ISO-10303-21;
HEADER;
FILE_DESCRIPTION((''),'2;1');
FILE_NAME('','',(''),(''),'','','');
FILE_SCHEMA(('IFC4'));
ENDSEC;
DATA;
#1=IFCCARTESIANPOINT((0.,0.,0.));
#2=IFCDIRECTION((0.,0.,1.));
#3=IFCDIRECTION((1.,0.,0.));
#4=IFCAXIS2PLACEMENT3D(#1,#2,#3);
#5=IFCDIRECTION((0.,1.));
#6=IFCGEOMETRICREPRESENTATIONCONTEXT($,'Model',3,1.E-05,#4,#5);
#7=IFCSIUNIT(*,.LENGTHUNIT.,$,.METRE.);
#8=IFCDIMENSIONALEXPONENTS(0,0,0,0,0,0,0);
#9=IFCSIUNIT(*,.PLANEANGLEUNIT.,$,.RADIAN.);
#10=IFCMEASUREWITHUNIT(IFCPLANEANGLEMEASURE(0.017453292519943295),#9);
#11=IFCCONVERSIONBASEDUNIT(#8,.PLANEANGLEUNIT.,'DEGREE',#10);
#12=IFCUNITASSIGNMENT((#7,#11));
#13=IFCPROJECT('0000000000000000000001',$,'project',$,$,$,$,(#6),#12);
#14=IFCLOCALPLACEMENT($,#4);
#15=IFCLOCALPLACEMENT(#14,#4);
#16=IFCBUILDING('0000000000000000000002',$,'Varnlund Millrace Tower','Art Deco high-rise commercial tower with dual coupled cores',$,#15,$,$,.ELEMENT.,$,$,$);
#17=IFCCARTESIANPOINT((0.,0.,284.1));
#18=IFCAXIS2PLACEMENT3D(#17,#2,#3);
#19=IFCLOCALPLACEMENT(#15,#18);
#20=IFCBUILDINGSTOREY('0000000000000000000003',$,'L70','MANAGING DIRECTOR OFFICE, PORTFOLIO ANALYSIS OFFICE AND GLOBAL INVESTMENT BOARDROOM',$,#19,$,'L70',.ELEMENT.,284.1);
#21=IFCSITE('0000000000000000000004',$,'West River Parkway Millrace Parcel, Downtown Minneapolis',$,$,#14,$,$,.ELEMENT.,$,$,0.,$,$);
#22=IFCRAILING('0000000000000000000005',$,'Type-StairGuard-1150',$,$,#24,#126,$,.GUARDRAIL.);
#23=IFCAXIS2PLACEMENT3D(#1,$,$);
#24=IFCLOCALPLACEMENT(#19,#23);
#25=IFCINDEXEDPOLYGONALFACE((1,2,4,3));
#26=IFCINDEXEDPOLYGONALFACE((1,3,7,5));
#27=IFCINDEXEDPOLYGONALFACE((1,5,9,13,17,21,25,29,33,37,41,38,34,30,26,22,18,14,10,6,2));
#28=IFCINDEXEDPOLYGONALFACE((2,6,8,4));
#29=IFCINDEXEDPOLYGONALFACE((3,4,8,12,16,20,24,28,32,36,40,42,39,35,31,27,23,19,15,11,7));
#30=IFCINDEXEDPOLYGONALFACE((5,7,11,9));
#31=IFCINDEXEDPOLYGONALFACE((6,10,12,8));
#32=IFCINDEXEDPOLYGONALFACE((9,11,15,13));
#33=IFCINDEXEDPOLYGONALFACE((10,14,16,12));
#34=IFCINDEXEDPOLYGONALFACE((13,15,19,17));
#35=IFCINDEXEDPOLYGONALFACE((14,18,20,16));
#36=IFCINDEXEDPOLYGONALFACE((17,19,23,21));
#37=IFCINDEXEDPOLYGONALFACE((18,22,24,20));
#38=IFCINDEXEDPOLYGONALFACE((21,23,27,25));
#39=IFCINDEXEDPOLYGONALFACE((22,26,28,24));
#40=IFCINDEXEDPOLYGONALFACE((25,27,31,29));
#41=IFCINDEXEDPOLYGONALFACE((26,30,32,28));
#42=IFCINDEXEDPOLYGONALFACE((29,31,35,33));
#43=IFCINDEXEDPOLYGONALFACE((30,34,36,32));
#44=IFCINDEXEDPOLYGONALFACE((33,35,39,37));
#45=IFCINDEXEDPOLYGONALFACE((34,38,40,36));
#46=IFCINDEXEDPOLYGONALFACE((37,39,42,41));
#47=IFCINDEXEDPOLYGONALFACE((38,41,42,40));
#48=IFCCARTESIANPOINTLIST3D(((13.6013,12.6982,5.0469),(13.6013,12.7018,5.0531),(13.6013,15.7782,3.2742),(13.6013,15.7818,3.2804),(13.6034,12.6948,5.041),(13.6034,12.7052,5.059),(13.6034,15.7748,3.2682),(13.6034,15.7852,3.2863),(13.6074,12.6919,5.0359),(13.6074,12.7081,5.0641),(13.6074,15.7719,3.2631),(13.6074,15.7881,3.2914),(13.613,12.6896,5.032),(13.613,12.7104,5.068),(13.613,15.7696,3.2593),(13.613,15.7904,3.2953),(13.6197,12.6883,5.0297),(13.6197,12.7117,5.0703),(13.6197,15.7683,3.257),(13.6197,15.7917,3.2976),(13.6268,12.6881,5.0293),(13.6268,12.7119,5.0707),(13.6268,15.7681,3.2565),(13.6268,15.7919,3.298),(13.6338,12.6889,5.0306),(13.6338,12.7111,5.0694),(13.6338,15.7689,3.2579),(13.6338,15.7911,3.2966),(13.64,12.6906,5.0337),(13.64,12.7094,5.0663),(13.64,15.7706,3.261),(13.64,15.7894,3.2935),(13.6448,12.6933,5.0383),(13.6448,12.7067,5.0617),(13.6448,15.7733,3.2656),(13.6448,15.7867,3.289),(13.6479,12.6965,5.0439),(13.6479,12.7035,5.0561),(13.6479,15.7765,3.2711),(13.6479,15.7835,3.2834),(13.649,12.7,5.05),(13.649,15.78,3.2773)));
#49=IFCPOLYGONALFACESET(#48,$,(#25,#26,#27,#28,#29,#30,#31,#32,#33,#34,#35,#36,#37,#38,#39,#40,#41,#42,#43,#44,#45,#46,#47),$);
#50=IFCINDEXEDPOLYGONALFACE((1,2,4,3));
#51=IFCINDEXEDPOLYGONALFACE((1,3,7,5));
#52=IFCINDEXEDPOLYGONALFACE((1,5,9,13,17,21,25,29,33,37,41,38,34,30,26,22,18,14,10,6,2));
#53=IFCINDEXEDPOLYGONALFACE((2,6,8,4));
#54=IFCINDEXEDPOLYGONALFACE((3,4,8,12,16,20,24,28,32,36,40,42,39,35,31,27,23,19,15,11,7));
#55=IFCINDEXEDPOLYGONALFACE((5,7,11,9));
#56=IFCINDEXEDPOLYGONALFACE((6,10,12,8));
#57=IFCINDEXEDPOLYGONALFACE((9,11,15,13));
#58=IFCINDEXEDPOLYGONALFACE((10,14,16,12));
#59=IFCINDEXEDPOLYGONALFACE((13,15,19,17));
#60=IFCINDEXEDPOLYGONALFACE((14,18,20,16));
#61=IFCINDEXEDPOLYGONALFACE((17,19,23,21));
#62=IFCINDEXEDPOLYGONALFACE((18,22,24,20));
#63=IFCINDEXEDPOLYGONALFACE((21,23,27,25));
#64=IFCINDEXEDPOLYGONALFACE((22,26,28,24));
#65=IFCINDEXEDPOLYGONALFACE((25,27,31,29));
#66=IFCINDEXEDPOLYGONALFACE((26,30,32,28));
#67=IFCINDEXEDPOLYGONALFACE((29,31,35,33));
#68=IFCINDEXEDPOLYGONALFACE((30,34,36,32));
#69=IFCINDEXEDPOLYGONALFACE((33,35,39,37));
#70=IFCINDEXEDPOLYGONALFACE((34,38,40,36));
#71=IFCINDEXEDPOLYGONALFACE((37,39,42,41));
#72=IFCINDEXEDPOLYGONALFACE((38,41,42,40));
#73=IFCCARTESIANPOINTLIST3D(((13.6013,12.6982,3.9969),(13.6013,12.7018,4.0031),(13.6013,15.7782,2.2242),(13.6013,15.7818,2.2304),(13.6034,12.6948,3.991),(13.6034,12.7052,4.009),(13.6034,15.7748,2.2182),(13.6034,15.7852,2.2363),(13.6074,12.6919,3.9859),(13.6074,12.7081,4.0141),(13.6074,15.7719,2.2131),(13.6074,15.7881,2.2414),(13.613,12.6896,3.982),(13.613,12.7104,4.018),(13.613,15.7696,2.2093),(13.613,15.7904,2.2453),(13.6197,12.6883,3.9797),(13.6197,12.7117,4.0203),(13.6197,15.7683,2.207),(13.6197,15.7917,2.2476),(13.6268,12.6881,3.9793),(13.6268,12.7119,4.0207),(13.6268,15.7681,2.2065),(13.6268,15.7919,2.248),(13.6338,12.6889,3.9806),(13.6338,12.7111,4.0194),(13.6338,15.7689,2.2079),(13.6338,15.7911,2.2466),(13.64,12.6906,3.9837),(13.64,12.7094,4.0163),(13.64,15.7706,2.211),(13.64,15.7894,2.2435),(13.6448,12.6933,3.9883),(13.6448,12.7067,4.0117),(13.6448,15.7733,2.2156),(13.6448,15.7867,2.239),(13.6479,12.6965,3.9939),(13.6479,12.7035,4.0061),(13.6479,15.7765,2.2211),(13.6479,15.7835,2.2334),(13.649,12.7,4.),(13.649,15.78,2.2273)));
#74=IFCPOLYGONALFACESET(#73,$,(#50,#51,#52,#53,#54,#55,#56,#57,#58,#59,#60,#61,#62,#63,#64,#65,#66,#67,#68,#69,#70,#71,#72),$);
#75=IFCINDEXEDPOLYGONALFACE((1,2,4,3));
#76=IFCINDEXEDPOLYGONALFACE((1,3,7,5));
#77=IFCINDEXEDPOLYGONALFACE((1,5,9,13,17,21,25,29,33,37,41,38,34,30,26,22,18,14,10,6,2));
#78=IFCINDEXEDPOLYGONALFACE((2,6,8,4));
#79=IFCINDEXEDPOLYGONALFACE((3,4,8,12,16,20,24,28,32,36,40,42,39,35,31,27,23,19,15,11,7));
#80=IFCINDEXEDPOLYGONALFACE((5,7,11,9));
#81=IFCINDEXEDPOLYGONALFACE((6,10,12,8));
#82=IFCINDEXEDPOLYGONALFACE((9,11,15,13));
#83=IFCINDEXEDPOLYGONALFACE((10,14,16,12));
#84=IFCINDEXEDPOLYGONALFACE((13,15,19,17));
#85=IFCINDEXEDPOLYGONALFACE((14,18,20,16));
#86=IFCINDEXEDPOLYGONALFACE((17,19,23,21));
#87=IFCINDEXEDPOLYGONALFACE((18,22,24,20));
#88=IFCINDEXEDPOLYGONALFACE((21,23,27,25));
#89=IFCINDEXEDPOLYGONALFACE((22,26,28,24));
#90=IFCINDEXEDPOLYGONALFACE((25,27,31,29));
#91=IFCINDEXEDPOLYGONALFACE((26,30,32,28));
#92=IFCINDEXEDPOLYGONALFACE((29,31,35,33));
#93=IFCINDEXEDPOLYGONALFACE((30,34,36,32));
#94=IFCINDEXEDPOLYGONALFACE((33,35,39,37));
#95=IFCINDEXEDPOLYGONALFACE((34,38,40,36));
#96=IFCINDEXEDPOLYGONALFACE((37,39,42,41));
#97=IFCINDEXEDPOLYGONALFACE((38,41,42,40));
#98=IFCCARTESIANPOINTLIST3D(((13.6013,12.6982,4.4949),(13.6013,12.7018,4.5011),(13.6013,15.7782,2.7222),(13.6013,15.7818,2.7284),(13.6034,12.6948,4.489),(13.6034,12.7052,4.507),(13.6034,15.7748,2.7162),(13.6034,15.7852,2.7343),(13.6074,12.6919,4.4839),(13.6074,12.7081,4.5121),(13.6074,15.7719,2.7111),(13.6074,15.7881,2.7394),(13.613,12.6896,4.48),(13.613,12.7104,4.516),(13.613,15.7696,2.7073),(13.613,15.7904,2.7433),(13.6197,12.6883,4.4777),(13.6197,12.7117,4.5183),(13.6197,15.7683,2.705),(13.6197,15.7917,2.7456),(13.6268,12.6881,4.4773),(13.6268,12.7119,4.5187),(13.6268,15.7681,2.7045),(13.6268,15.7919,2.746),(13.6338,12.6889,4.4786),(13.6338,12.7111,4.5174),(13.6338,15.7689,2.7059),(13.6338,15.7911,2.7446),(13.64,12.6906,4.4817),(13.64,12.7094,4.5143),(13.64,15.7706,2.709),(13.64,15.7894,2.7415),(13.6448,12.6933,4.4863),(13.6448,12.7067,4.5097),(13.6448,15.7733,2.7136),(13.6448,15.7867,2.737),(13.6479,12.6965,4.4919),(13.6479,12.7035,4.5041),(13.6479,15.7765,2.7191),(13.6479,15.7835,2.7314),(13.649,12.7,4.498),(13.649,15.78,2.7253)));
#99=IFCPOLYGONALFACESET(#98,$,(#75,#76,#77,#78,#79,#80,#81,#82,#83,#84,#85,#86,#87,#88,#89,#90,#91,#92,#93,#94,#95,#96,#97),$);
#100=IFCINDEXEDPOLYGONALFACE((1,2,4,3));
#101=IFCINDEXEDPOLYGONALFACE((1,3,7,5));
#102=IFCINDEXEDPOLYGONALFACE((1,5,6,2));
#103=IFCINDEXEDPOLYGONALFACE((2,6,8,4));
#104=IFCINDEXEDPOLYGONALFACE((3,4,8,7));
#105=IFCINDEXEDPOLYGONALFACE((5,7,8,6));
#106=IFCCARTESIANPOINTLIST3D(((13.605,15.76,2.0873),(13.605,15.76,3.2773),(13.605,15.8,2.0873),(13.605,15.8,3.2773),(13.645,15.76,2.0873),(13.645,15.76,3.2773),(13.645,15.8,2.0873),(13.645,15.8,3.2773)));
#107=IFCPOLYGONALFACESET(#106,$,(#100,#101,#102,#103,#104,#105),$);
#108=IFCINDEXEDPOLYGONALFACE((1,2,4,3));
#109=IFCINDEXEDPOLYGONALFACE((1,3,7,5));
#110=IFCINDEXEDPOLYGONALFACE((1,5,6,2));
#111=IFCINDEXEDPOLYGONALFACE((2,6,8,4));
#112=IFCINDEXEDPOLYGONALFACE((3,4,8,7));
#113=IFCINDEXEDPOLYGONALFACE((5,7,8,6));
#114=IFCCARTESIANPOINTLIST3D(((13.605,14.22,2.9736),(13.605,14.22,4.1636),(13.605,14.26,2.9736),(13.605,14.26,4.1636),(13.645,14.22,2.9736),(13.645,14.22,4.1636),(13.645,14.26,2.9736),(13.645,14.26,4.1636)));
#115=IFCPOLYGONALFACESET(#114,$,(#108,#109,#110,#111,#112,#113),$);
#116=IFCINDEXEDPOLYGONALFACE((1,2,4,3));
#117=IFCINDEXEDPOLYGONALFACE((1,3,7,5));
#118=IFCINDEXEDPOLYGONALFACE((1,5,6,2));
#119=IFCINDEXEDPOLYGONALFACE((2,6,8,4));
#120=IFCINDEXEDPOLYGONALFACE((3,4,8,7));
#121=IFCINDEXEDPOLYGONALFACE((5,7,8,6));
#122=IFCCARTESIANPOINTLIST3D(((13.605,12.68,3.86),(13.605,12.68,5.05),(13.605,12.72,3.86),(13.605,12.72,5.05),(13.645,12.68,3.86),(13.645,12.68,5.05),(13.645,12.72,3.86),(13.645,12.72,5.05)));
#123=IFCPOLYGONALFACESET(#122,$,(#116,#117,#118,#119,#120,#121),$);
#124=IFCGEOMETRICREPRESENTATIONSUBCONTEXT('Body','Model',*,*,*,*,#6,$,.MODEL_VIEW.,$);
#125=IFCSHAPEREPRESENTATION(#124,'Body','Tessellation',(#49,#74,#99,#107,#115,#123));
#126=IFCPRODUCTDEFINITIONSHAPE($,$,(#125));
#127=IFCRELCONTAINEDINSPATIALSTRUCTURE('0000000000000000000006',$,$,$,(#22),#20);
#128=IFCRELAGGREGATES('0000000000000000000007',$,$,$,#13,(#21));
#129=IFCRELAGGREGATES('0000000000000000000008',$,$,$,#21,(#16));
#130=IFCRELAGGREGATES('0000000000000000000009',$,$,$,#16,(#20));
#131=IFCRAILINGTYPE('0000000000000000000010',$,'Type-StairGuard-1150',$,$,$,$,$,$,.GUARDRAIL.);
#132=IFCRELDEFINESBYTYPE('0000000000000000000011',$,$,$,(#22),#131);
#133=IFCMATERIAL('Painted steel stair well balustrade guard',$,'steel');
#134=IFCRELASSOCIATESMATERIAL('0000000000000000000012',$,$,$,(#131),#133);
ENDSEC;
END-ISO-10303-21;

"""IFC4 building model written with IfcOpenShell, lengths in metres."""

from ifc_helpers import new_model, entity, si_unit, converted_unit, direction, frame, origin_with_axes, origin_2d_with_axis, place, context, subcontext, project, spatial, rectangle, circle, extrude, material, type_object, element, save


model = new_model("IFC4")

# Units and contexts
model_context = context("Model", 3, precision=1e-05, world=origin_with_axes(), true_north=direction((0.0, 1.0)))
body_context = subcontext(model_context, "Body", "Model", "MODEL_VIEW")
ifc_project = project(units=[si_unit("LENGTHUNIT", "METRE"), converted_unit("PLANEANGLEUNIT", "DEGREE", entity("IfcPlaneAngleMeasure", 0.017453292519943295), si_unit("PLANEANGLEUNIT", "RADIAN"), dimensions=[0, 0, 0, 0, 0, 0, 0])], contexts=[model_context])

# Site, building, storey
site_placement = place(None, origin_with_axes())
site = spatial("IfcSite", under=ifc_project, at=site_placement, Name="West River Parkway Millrace Parcel, Downtown Minneapolis", CompositionType="ELEMENT", RefElevation=0.0)
building_placement = place(site_placement, origin_with_axes())
building = spatial("IfcBuilding", under=site, at=building_placement, Name="Varnlund Millrace Tower", Description="Art Deco high-rise commercial tower with dual coupled cores", CompositionType="ELEMENT")
storey_placement = place(building_placement, frame((0.0, 0.0, 284.1), z_axis=(0.0, 0.0, 1.0), x_axis=(1.0, 0.0, 0.0)))
storey = spatial("IfcBuildingStorey", under=building, at=storey_placement, Name="L70", Description="MANAGING DIRECTOR OFFICE, PORTFOLIO ANALYSIS OFFICE AND GLOBAL INVESTMENT BOARDROOM", LongName="L70", CompositionType="ELEMENT", Elevation=284.1)

# Railing
ifc_material_1 = material(Name="Painted steel stair well balustrade guard", Category="steel")
railing_type_1 = type_object("IfcRailingType", Name="Type-StairGuard-1150", PredefinedType="GUARDRAIL", material=ifc_material_1)
railing_1_placement = place(storey_placement, frame((0.0, 0.0, -284.1), z_axis=(0.0, 0.0, 1.0), x_axis=(1.0, 0.0, 0.0)))
element("IfcRailing", 1, at=railing_1_placement, inside=storey, type_object=railing_type_1, Name="Type-StairGuard-1150", PredefinedType="GUARDRAIL", context=body_context, shape_type="SweptSolid", body=[
    extrude(circle(Radius=0.024, at=origin_2d_with_axis()), frame((13.625, 15.78, 287.3773), z_axis=(0.0, -0.866696, 0.498836), x_axis=(1.0, 0.0, 0.0)), (0.0, 0.0, 1.0), 3.5537),
    extrude(circle(Radius=0.024, at=origin_2d_with_axis()), frame((13.625, 15.78, 286.3273), z_axis=(0.0, -0.866696, 0.498836), x_axis=(1.0, 0.0, 0.0)), (0.0, 0.0, 1.0), 3.5537),
    extrude(circle(Radius=0.024, at=origin_2d_with_axis()), frame((13.625, 15.78, 286.8253), z_axis=(0.0, -0.866696, 0.498836), x_axis=(1.0, 0.0, 0.0)), (0.0, 0.0, 1.0), 3.5537),
    extrude(rectangle(XDim=0.04, YDim=0.04, at=origin_2d_with_axis()), frame((13.625, 15.78, 286.1873), z_axis=(0.0, 0.0, 1.0), x_axis=(1.0, 0.0, 0.0)), (0.0, 0.0, 1.0), 1.19),
    extrude(rectangle(XDim=0.04, YDim=0.04, at=origin_2d_with_axis()), frame((13.625, 14.24, 287.0736), z_axis=(0.0, 0.0, 1.0), x_axis=(1.0, 0.0, 0.0)), (0.0, 0.0, 1.0), 1.19),
    extrude(rectangle(XDim=0.04, YDim=0.04, at=origin_2d_with_axis()), frame((13.625, 12.7, 287.96), z_axis=(0.0, 0.0, 1.0), x_axis=(1.0, 0.0, 0.0)), (0.0, 0.0, 1.0), 1.19),
])

save(model, "model.ifc")
